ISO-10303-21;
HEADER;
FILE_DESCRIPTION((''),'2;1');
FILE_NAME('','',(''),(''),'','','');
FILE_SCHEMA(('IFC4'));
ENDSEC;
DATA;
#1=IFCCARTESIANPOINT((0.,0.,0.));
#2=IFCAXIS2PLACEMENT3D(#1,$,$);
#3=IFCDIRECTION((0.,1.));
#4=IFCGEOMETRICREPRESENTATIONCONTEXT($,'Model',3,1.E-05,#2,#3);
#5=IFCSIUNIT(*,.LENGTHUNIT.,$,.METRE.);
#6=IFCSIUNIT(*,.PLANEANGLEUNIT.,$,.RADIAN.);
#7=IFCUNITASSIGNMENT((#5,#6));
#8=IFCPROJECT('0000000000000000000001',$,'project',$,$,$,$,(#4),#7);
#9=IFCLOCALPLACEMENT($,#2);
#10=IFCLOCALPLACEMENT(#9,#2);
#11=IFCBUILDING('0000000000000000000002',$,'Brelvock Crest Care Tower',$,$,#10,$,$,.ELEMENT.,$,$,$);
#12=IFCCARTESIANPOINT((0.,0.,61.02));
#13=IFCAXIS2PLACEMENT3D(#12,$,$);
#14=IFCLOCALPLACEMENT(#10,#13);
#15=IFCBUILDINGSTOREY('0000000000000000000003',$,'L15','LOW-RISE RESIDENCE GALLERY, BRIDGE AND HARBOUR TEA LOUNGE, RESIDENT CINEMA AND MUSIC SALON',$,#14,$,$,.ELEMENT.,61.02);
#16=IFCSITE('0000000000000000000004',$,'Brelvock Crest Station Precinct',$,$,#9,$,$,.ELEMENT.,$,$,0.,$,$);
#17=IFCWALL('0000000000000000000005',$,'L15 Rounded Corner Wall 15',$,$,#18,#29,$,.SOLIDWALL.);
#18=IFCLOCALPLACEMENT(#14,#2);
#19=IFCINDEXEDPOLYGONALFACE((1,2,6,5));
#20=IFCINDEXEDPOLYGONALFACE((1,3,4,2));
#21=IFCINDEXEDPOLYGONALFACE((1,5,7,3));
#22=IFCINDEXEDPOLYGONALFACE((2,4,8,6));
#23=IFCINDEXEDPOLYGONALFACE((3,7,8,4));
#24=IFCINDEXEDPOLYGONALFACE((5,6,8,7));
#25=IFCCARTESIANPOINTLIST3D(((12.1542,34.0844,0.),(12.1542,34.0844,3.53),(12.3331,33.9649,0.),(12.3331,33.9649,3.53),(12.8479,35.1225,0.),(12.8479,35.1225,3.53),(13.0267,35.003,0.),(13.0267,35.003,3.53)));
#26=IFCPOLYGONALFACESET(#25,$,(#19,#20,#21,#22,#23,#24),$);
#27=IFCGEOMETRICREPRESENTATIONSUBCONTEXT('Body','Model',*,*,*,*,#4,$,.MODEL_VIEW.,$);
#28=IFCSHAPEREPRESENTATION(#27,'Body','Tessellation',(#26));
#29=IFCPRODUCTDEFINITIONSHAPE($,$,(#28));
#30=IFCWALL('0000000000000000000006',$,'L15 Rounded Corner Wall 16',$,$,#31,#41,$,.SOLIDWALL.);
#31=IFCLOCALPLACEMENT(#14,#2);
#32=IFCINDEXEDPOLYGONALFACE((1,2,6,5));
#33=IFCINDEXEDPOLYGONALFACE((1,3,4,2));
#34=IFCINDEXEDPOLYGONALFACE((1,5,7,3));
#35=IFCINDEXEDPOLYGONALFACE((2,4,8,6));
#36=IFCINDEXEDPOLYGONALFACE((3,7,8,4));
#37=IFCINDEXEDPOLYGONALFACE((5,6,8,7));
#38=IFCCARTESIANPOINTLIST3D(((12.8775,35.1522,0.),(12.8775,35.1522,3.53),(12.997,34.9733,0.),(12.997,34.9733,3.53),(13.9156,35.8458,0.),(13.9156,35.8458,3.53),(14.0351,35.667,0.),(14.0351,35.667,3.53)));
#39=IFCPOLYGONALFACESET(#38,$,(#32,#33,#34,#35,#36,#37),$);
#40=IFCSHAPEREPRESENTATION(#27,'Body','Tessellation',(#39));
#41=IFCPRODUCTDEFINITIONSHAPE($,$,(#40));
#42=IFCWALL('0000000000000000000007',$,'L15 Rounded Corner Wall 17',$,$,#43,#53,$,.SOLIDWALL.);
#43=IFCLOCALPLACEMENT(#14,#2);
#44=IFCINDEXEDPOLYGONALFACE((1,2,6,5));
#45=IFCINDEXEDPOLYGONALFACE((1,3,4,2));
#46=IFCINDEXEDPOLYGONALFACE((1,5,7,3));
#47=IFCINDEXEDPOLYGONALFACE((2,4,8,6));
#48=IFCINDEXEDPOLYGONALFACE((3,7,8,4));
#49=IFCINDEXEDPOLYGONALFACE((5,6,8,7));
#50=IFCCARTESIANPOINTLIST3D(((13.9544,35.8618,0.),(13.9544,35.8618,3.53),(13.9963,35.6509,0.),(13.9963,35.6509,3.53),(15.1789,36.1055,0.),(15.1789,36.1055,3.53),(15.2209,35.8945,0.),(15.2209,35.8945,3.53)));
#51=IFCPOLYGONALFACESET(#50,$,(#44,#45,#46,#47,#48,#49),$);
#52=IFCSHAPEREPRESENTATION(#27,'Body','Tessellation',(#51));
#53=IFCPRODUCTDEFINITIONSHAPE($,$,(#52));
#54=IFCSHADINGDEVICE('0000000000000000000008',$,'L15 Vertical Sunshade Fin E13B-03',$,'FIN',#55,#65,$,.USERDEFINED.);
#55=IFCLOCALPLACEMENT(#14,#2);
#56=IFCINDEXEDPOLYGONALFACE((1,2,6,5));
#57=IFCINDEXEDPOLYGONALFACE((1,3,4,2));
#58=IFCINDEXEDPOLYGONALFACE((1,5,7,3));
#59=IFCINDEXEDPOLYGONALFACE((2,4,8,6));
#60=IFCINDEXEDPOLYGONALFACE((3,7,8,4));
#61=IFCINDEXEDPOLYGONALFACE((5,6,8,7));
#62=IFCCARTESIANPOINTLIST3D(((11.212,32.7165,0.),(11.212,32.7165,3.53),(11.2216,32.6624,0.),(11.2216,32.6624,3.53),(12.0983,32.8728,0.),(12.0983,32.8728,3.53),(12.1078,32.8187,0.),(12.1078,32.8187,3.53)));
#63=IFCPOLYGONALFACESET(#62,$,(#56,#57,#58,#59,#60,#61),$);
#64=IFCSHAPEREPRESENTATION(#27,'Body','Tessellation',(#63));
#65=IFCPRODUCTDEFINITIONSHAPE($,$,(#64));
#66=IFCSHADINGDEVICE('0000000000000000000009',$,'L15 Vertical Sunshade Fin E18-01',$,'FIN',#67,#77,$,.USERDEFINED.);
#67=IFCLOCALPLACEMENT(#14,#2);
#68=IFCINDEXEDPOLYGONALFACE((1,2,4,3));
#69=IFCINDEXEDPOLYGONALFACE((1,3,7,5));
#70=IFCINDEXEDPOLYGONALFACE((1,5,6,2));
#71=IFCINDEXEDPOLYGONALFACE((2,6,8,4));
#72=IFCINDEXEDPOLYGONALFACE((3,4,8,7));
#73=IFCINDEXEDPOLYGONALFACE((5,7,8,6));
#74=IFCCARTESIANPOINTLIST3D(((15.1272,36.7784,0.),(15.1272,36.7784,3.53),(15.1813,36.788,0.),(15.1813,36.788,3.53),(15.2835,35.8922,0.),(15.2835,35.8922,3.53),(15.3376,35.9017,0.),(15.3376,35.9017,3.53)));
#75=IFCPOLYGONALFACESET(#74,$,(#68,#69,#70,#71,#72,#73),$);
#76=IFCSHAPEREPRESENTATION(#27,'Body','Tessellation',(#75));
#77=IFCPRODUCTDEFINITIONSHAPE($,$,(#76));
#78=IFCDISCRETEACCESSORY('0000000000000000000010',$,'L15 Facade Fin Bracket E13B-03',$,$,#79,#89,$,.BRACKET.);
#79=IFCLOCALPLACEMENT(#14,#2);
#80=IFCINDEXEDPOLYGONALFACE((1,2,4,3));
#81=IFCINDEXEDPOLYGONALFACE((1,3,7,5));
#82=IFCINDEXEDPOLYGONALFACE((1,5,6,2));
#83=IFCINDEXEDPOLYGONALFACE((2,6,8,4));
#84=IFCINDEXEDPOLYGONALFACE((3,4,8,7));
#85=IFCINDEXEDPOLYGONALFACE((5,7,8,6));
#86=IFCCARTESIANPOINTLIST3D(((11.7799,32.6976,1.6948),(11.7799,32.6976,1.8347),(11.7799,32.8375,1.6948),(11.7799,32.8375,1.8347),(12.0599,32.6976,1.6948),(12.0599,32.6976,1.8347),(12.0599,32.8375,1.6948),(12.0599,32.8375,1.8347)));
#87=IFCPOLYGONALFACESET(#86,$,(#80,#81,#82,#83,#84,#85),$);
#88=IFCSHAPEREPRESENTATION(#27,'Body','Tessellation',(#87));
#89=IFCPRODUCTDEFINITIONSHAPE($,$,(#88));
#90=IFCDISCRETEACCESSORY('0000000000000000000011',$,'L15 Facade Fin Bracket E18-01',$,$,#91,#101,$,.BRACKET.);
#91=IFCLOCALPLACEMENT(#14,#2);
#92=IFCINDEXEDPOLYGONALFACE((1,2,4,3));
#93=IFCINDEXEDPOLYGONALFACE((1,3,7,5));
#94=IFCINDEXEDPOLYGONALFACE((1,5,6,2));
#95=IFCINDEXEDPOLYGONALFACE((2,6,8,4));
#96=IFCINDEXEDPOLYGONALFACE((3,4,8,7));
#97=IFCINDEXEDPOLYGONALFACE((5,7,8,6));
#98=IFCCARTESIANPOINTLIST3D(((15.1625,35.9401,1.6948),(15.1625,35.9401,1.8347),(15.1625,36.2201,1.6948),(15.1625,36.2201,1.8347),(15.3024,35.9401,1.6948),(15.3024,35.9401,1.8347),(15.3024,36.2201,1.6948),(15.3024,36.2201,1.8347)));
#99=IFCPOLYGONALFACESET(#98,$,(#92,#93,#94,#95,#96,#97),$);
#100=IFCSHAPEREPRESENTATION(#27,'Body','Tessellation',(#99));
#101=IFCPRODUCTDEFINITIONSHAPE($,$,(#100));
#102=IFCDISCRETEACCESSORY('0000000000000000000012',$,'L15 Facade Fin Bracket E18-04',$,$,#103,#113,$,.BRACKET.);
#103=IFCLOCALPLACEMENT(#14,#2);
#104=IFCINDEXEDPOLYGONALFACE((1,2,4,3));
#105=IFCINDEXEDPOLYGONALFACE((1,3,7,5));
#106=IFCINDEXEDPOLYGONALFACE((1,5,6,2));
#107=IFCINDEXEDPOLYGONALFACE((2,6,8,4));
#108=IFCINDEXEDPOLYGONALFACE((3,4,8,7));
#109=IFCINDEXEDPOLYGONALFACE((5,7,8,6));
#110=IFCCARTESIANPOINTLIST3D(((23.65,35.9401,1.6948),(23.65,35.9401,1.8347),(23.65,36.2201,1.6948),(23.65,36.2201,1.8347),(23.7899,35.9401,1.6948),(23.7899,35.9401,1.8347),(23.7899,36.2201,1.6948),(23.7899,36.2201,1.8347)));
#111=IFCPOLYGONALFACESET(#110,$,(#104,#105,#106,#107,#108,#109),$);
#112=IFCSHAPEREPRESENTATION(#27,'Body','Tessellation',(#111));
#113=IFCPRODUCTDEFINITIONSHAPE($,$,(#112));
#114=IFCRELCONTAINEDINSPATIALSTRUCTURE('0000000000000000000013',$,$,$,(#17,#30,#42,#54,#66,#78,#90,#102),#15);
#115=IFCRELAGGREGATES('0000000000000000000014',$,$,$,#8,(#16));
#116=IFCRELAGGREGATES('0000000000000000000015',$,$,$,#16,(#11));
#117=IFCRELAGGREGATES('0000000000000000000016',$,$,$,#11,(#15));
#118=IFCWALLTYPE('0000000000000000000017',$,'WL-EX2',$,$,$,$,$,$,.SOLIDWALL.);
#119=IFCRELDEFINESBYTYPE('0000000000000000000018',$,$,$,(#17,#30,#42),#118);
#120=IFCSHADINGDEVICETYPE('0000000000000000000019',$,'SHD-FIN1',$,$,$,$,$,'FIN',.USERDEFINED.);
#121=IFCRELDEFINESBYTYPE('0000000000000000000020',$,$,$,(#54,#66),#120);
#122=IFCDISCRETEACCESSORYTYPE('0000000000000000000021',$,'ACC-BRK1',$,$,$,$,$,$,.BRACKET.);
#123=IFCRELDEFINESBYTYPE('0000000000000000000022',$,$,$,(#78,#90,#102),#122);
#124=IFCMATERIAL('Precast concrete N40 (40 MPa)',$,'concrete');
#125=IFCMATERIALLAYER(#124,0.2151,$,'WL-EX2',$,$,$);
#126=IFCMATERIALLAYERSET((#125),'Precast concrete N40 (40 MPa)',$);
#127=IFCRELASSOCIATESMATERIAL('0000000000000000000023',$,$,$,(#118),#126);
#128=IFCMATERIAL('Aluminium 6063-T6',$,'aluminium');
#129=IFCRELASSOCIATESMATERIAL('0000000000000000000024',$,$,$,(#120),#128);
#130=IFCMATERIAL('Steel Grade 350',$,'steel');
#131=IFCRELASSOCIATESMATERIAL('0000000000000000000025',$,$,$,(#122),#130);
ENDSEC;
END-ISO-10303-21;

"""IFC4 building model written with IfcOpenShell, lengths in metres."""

from ifc_helpers import new_model, si_unit, direction, frame, frame_2d, origin, origin_2d, place, context, subcontext, project, spatial, rectangle, extrude, source, transform, mapped, material, layer, layer_set, material_profile, profile_set, type_object, element, save


model = new_model("IFC4")

# Units and contexts
model_context = context("Model", 3, precision=1e-05, world=origin(), true_north=direction((0.0, 1.0)))
body_context = subcontext(model_context, "Body", "Model", "MODEL_VIEW")
ifc_project = project(units=[si_unit("LENGTHUNIT", "METRE"), si_unit("PLANEANGLEUNIT", "RADIAN")], contexts=[model_context])

# Site, building, storey
site_placement = place(None, origin())
site = spatial("IfcSite", under=ifc_project, at=site_placement, Name="Brelvock Crest Station Precinct", CompositionType="ELEMENT", RefElevation=0.0)
building_placement = place(site_placement, origin())
building = spatial("IfcBuilding", under=site, at=building_placement, Name="Brelvock Crest Care Tower", CompositionType="ELEMENT")
storey_placement = place(building_placement, frame((0.0, 0.0, 61.02)))
storey = spatial("IfcBuildingStorey", under=building, at=storey_placement, Name="L15", Description="LOW-RISE RESIDENCE GALLERY, BRIDGE AND HARBOUR TEA LOUNGE, RESIDENT CINEMA AND MUSIC SALON", CompositionType="ELEMENT", Elevation=61.02)

# Shared definitions
ifc_material_1 = material(Name="Steel Grade 350", Category="steel")

# Shared definitions
ifc_material_2 = material(Name="Aluminium 6063-T6", Category="aluminium")

# Walls
ifc_material_3 = material(Name="Precast concrete N40 (40 MPa)", Category="concrete")
ifc_layer_1 = layer(ifc_material_3, 0.2151, Name="WL-EX2")
ifc_layer_set_1 = layer_set([ifc_layer_1], Name="Precast concrete N40 (40 MPa)")
wall_type = type_object("IfcWallType", Name="WL-EX2", PredefinedType="SOLIDWALL", material=ifc_layer_set_1)
for number, where, z_axis, x_axis, name in (
    (1, (12.2437, 34.0247, 0.0), (0.0, 0.0, 1.0), (0.555557, 0.831478, 0.0), "L15 Rounded Corner Wall 15"),
    (2, (12.9373, 35.0627, 0.0), (0.0, 0.0, 1.0), (0.831478, 0.555557, 0.0), "L15 Rounded Corner Wall 16"),
    (3, (13.9753, 35.7563, 0.0), (0.0, 0.0, 1.0), (0.980776, 0.195138, 0.0), "L15 Rounded Corner Wall 17"),
):
    element("IfcWall", number, at=place(storey_placement, frame(where, z_axis=z_axis, x_axis=x_axis)), inside=storey, type_object=wall_type, Name=name, PredefinedType="SOLIDWALL", context=body_context, shape_type="SweptSolid", body=[
        extrude(rectangle(XDim=1.2485, YDim=0.2151, at=frame_2d((0.6243, 0.0))), origin(), (0.0, 0.0, 1.0), 3.53),
    ])

# Shading devices
ifc_material_profile_1 = material_profile(ifc_material_2, rectangle(XDim=0.0549, YDim=0.8999, at=origin_2d()), Name="FIN55x900")
ifc_profile_set_1 = profile_set([ifc_material_profile_1], Name="Aluminium 6063-T6")
shading_device_type = type_object("IfcShadingDeviceType", Name="SHD-FIN1", ElementType="FIN", PredefinedType="USERDEFINED", material=ifc_profile_set_1)
shared_shape_1 = source(origin(), body_context, "Body", "SweptSolid", [
    extrude(rectangle(XDim=0.0549, YDim=0.8999, at=origin_2d()), origin(), (0.0, 0.0, 1.0), 3.53),
])
for number, where, z_axis, x_axis, name in (
    (4, (11.6599, 32.7676, 0.0), (0.0, 0.0, 1.0), (-0.173648, 0.984808, 0.0), "L15 Vertical Sunshade Fin E13B-03"),
    (5, (15.2324, 36.3401, 0.0), (0.0, 0.0, 1.0), (0.984808, 0.173648, 0.0), "L15 Vertical Sunshade Fin E18-01"),
):
    element("IfcShadingDevice", number, at=place(storey_placement, frame(where, z_axis=z_axis, x_axis=x_axis)), inside=storey, type_object=shading_device_type, Name=name, ObjectType="FIN", PredefinedType="USERDEFINED", context=body_context, shape_type="MappedRepresentation", body=[
        mapped(shared_shape_1, transform((0.0, 0.0, 0.0), x_axis=(1.0, 0.0, 0.0), y_axis=(0.0, 1.0, 0.0), z_axis=(0.0, 0.0, 1.0), scale=1.0)),
    ])

# Discrete accessories
discrete_accessory_type = type_object("IfcDiscreteAccessoryType", Name="ACC-BRK1", PredefinedType="BRACKET", material=ifc_material_1)
shared_shape_2 = source(origin(), body_context, "Body", "SweptSolid", [
    extrude(rectangle(XDim=0.28, YDim=0.1399, at=origin_2d()), origin(), (0.0, 0.0, 1.0), 0.1399),
])
for number, where, z_axis, x_axis, name in (
    (6, (11.9199, 32.7676, 1.6948), (0.0, 0.0, 1.0), (-1.0, 0.0, 0.0), "L15 Facade Fin Bracket E13B-03"),
    (7, (15.2324, 36.0801, 1.6948), (0.0, 0.0, 1.0), (0.0, 1.0, 0.0), "L15 Facade Fin Bracket E18-01"),
    (8, (23.72, 36.0801, 1.6948), (0.0, 0.0, 1.0), (0.0, 1.0, 0.0), "L15 Facade Fin Bracket E18-04"),
):
    element("IfcDiscreteAccessory", number, at=place(storey_placement, frame(where, z_axis=z_axis, x_axis=x_axis)), inside=storey, type_object=discrete_accessory_type, Name=name, PredefinedType="BRACKET", context=body_context, shape_type="MappedRepresentation", body=[
        mapped(shared_shape_2, transform((0.0, 0.0, 0.0), x_axis=(1.0, 0.0, 0.0), y_axis=(0.0, 1.0, 0.0), z_axis=(0.0, 0.0, 1.0), scale=1.0)),
    ])

save(model, "model.ifc")
